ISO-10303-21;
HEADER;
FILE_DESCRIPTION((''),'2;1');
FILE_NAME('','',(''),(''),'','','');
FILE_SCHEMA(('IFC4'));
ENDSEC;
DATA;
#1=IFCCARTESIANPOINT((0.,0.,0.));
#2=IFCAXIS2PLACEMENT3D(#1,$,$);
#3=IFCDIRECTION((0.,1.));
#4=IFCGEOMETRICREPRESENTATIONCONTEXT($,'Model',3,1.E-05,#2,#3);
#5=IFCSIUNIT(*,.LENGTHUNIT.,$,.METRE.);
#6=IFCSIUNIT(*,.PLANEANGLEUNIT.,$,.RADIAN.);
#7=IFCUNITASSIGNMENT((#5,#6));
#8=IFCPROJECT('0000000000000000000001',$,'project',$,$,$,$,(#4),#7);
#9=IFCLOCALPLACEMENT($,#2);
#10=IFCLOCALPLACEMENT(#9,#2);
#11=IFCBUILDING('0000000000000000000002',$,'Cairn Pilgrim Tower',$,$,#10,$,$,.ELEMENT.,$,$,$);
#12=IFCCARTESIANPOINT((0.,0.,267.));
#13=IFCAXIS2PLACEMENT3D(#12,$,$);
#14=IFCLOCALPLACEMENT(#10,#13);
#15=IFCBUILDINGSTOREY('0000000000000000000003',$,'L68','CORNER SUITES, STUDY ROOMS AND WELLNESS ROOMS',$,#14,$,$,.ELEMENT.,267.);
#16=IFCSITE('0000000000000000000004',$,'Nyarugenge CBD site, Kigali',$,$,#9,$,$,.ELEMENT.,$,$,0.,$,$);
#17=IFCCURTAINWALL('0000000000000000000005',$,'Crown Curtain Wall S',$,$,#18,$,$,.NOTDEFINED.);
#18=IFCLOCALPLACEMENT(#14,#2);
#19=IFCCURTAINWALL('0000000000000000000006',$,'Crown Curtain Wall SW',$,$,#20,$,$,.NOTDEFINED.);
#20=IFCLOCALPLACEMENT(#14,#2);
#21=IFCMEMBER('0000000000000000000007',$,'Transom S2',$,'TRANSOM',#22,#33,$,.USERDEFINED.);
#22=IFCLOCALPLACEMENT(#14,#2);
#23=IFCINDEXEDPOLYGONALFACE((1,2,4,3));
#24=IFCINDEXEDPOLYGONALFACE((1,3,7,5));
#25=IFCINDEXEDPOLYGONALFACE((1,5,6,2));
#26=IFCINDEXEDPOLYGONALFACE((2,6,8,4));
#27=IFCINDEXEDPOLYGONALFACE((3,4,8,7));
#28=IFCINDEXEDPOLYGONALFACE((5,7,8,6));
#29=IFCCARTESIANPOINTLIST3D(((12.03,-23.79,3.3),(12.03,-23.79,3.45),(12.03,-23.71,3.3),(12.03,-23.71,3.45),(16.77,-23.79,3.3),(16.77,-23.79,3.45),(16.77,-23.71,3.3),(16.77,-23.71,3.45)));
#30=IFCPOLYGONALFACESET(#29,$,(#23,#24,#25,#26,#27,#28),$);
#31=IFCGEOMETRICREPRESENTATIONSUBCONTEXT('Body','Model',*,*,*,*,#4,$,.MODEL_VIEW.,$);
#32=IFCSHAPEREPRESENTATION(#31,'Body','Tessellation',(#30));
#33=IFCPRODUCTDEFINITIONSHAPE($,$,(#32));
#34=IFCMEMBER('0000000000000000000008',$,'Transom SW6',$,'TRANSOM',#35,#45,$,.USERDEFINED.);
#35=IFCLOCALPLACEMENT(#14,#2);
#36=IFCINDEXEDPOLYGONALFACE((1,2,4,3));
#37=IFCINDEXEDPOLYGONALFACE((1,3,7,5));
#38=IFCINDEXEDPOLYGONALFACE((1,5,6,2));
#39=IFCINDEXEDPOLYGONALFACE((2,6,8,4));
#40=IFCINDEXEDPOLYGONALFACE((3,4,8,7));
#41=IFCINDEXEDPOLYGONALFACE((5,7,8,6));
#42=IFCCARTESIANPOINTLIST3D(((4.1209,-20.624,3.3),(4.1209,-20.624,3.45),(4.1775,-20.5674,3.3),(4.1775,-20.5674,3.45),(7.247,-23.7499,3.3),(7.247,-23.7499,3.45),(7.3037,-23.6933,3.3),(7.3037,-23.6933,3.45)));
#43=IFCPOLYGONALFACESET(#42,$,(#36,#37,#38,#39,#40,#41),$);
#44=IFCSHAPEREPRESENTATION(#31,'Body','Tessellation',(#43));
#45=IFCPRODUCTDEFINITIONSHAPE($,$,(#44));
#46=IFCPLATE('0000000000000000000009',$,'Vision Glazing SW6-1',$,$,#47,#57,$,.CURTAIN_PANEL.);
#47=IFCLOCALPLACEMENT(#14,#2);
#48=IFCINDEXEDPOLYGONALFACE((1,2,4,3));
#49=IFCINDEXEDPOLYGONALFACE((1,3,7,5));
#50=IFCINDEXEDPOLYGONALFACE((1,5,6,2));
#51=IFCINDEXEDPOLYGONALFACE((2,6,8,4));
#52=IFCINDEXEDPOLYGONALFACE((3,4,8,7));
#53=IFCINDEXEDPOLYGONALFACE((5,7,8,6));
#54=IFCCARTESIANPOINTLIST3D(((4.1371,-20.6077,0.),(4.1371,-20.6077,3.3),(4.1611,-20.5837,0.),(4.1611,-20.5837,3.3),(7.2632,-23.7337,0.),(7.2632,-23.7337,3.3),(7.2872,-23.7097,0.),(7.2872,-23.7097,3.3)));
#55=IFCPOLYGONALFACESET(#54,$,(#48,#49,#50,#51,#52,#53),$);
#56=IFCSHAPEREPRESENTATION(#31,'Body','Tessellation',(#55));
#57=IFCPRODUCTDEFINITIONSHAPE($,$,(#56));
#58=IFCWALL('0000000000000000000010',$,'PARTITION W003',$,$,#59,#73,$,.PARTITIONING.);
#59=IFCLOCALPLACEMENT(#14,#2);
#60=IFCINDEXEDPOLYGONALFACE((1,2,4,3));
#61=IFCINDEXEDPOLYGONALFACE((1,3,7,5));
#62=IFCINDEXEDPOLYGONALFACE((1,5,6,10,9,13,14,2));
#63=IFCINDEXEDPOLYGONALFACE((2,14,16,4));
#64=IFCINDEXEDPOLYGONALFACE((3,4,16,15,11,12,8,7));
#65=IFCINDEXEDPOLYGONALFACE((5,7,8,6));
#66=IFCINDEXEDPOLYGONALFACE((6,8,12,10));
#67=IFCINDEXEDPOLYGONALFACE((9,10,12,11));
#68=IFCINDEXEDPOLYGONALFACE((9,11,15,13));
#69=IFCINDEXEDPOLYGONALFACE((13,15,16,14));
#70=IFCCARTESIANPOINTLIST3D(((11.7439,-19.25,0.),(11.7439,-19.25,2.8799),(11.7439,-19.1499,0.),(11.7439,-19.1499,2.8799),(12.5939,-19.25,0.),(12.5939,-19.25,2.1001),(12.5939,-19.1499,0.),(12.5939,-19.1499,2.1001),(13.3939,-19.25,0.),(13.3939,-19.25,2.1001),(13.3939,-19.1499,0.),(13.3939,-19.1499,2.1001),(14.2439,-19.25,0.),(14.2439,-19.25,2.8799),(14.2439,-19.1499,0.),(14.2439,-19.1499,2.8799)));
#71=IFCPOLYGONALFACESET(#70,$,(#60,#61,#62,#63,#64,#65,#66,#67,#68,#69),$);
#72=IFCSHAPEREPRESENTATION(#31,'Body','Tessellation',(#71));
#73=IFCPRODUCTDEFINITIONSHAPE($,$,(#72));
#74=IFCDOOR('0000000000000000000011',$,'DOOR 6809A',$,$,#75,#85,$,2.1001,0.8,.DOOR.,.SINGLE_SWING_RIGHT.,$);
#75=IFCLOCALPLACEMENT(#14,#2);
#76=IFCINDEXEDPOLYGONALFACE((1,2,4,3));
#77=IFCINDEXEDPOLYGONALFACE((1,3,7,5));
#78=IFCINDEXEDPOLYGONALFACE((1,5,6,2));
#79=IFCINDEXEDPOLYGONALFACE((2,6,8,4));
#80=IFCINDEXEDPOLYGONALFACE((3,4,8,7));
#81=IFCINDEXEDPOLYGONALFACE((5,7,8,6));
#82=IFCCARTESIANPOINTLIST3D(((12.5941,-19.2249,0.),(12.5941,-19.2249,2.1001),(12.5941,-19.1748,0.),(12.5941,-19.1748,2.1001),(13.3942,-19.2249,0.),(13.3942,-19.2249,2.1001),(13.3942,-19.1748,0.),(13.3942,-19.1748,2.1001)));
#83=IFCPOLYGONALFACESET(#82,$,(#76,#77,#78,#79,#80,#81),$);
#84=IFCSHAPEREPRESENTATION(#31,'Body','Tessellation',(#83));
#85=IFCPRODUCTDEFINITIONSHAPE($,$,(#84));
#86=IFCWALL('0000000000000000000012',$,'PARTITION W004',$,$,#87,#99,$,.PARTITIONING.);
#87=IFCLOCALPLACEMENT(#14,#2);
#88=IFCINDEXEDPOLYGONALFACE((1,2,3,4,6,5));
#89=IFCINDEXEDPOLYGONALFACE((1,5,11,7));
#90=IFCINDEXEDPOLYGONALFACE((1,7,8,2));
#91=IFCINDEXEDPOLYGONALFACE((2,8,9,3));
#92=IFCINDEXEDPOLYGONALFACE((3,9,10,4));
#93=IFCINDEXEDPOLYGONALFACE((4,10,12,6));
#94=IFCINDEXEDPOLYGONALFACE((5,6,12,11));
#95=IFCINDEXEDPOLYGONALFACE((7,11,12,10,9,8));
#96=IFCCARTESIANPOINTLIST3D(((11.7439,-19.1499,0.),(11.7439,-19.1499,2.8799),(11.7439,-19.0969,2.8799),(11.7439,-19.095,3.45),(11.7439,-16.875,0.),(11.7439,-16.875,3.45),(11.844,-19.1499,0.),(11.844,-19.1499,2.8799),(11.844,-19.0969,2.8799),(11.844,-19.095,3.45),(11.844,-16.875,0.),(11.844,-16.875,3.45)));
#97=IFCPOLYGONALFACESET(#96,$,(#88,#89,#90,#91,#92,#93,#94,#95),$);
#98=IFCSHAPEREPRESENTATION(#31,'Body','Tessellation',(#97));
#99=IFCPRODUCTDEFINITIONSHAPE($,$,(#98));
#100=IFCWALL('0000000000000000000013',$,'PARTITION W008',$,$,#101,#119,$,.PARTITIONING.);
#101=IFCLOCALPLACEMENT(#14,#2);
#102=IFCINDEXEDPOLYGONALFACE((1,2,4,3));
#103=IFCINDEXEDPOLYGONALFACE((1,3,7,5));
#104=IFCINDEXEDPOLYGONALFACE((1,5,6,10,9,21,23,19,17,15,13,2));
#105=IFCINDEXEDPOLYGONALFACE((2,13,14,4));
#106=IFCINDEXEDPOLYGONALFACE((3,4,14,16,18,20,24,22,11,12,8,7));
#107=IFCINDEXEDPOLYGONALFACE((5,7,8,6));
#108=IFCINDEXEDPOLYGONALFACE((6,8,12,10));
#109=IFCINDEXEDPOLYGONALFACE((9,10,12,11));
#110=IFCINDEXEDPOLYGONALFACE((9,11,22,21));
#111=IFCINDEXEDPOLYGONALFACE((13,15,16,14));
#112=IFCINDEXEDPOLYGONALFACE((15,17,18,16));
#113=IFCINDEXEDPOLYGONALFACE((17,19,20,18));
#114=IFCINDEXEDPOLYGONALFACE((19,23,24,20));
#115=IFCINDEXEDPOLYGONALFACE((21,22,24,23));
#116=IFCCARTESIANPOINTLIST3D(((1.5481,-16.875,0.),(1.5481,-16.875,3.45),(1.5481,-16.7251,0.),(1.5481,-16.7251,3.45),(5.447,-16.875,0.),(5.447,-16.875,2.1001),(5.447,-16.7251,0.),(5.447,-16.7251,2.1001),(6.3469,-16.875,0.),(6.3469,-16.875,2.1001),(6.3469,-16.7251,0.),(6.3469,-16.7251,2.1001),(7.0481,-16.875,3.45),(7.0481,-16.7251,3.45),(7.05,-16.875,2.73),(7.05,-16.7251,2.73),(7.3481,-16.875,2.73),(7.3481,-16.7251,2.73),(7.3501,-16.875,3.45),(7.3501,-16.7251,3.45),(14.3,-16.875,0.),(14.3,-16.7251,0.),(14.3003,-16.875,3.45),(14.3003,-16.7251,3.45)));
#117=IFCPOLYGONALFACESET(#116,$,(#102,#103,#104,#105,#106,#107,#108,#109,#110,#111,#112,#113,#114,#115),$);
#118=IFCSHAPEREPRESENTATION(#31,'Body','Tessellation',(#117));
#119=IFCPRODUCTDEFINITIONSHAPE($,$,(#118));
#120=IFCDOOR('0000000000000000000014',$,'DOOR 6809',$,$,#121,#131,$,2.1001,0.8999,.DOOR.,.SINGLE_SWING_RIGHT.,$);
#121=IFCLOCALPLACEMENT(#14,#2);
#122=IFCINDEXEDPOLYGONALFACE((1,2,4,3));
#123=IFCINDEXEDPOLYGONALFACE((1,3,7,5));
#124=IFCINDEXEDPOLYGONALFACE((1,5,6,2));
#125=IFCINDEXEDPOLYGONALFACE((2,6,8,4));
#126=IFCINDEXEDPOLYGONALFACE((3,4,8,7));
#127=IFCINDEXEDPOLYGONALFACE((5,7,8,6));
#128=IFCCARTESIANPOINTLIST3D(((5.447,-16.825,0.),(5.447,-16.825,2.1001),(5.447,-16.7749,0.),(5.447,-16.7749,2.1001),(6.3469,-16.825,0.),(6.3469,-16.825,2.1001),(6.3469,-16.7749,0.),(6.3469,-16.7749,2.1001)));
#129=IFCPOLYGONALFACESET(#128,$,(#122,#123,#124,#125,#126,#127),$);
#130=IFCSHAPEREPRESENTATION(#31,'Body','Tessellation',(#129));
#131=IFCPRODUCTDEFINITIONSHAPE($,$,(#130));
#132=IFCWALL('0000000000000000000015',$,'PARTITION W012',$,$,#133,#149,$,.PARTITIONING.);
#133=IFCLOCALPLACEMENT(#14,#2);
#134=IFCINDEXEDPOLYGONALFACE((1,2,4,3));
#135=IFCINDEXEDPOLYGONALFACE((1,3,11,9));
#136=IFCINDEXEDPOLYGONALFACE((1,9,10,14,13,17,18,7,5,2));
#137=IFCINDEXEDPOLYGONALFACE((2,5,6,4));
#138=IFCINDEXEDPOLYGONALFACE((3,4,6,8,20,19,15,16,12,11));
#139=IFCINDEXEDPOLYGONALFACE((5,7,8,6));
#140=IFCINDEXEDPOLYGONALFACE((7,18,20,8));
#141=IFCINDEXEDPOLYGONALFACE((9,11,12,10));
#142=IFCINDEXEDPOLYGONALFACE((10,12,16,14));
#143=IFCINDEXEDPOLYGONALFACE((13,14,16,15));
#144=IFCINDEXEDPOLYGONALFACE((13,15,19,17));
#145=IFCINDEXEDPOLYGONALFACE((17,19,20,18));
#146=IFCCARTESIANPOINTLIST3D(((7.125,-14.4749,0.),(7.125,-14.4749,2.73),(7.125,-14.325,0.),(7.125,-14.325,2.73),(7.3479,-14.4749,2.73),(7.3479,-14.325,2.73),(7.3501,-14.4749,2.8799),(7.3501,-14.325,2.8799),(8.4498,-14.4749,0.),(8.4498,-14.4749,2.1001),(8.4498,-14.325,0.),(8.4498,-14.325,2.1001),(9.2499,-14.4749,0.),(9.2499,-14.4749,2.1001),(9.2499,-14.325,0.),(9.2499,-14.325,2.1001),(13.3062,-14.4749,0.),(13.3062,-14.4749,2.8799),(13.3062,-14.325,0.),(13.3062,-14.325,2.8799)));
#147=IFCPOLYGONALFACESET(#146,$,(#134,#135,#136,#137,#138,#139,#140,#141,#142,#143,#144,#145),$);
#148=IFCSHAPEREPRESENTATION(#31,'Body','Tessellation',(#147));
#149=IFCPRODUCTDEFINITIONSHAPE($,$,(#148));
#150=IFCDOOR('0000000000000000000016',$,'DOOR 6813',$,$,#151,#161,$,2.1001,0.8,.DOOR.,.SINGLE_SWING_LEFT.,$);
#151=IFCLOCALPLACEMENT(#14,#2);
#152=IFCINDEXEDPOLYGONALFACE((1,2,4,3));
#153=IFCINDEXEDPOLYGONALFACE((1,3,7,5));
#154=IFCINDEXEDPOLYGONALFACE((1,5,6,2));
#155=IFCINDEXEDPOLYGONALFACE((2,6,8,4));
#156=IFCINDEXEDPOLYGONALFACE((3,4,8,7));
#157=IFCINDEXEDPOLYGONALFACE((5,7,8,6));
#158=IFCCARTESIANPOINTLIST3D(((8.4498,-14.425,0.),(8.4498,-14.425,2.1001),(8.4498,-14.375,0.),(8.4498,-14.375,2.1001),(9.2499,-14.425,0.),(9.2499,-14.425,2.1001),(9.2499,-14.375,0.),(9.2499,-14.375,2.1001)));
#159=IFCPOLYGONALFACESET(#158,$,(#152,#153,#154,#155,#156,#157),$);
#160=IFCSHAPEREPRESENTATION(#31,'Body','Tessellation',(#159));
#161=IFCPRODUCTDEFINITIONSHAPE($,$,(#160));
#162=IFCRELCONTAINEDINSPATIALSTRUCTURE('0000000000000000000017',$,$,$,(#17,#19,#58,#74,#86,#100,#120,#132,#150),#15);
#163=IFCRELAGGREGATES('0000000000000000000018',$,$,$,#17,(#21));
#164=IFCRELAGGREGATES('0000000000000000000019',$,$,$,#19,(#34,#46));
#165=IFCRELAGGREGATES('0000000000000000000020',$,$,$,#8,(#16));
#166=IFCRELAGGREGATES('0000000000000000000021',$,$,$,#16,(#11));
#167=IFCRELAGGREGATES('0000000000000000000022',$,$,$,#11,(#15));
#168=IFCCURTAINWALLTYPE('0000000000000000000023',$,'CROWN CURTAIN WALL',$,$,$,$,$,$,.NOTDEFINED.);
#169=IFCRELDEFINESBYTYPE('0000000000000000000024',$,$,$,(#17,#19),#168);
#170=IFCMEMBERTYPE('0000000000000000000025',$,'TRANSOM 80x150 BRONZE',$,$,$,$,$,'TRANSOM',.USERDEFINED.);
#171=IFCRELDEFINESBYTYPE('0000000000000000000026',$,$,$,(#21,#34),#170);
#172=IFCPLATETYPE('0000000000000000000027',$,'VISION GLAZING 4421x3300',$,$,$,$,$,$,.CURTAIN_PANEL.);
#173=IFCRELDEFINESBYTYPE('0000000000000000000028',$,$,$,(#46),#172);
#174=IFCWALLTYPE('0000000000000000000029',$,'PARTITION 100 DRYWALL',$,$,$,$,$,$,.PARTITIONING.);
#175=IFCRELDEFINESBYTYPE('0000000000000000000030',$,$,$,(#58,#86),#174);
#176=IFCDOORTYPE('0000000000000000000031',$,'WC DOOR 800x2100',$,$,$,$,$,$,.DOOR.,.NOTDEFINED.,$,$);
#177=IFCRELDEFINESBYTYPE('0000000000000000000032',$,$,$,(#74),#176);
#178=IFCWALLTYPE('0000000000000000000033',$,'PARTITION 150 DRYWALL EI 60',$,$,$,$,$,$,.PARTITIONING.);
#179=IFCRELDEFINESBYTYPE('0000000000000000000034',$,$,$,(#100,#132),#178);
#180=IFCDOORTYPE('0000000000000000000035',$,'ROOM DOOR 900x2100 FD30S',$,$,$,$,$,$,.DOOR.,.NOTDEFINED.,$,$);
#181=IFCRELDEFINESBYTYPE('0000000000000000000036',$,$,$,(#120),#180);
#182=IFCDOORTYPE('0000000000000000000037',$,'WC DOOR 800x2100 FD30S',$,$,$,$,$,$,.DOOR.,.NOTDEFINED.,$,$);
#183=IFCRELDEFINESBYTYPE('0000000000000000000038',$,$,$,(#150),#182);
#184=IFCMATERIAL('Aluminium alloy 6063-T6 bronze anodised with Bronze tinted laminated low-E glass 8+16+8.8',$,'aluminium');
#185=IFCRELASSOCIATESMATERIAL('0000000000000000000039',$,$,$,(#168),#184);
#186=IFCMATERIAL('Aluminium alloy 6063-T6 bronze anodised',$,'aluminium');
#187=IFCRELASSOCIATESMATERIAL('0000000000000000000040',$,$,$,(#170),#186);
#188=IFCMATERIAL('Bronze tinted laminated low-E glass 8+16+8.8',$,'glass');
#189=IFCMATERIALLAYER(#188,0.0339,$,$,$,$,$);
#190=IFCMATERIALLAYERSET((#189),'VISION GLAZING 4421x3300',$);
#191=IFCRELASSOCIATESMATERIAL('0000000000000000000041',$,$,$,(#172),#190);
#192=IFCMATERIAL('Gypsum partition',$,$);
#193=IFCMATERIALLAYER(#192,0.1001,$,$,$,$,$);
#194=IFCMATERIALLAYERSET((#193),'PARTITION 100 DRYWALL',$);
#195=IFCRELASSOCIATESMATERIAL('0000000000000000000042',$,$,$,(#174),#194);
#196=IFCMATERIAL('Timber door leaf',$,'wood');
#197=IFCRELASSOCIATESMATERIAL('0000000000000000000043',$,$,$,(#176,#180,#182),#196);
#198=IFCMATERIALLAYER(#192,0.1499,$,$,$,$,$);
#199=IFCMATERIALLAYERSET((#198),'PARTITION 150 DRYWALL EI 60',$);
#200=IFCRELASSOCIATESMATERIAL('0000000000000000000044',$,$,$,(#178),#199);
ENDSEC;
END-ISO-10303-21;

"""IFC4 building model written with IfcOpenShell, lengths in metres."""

from ifc_helpers import new_model, si_unit, direction, frame, frame_2d, origin, origin_2d, place, context, subcontext, project, spatial, polyline, rectangle, outline, extrude, material, layer, layer_set, material_profile, profile_set, type_object, element, fill, aggregate, save


model = new_model("IFC4")

# Units and contexts
model_context = context("Model", 3, precision=1e-05, world=origin(), true_north=direction((0.0, 1.0)))
body_context = subcontext(model_context, "Body", "Model", "MODEL_VIEW")
ifc_project = project(units=[si_unit("LENGTHUNIT", "METRE"), si_unit("PLANEANGLEUNIT", "RADIAN")], contexts=[model_context])

# Site, building, storey
site_placement = place(None, origin())
site = spatial("IfcSite", under=ifc_project, at=site_placement, Name="Nyarugenge CBD site, Kigali", CompositionType="ELEMENT", RefElevation=0.0)
building_placement = place(site_placement, origin())
building = spatial("IfcBuilding", under=site, at=building_placement, Name="Cairn Pilgrim Tower", CompositionType="ELEMENT")
storey_placement = place(building_placement, frame((0.0, 0.0, 267.0)))
storey = spatial("IfcBuildingStorey", under=building, at=storey_placement, Name="L68", Description="CORNER SUITES, STUDY ROOMS AND WELLNESS ROOMS", CompositionType="ELEMENT", Elevation=267.0)

# Curtain wall
ifc_material_1 = material(Name="Aluminium alloy 6063-T6 bronze anodised with Bronze tinted laminated low-E glass 8+16+8.8", Category="aluminium")
curtain_wall_type = type_object("IfcCurtainWallType", Name="CROWN CURTAIN WALL", PredefinedType="NOTDEFINED", material=ifc_material_1)
curtain_wall_1_placement = place(storey_placement, origin())
curtain_wall_1 = element("IfcCurtainWall", 1, at=curtain_wall_1_placement, inside=storey, type_object=curtain_wall_type, Name="Crown Curtain Wall S", PredefinedType="NOTDEFINED")
ifc_material_2 = material(Name="Aluminium alloy 6063-T6 bronze anodised", Category="aluminium")

# Curtain wall
curtain_wall_2_placement = place(storey_placement, origin())
curtain_wall_2 = element("IfcCurtainWall", 2, at=curtain_wall_2_placement, inside=storey, type_object=curtain_wall_type, Name="Crown Curtain Wall SW", PredefinedType="NOTDEFINED")

# Members
ifc_material_profile_1 = material_profile(ifc_material_2, rectangle(XDim=0.0801, YDim=0.1499, at=origin_2d()), Name="TRANSOM 80x150 BRONZE")
ifc_profile_set_1 = profile_set([ifc_material_profile_1], Name="Aluminium alloy 6063-T6 bronze anodised")
member_type_1 = type_object("IfcMemberType", Name="TRANSOM 80x150 BRONZE", ElementType="TRANSOM", PredefinedType="USERDEFINED", material=ifc_profile_set_1)
member_1_placement = place(storey_placement, frame((12.03, -23.75, 3.375), z_axis=(1.0, 0.0, 0.0), x_axis=(0.0, 1.0, 0.0)))
member_1 = element("IfcMember", 3, at=member_1_placement, type_object=member_type_1, Name="Transom S2", ObjectType="TRANSOM", PredefinedType="USERDEFINED", context=body_context, shape_type="SweptSolid", body=[
    extrude(rectangle(XDim=0.0801, YDim=0.1499, at=origin_2d()), origin(), (0.0, 0.0, 1.0), 4.74),
])
aggregate(curtain_wall_1, [member_1])
member_2_placement = place(storey_placement, frame((4.1492, -20.5957, 3.375), z_axis=(0.707134, -0.707079, 0.0), x_axis=(0.707079, 0.707134, 0.0)))
member_2 = element("IfcMember", 4, at=member_2_placement, type_object=member_type_1, Name="Transom SW6", ObjectType="TRANSOM", PredefinedType="USERDEFINED", context=body_context, shape_type="SweptSolid", body=[
    extrude(rectangle(XDim=0.0801, YDim=0.1499, at=origin_2d()), origin(), (0.0, 0.0, 1.0), 4.4209),
])

# Plate
ifc_material_3 = material(Name="Bronze tinted laminated low-E glass 8+16+8.8", Category="glass")
ifc_layer_1 = layer(ifc_material_3, 0.0339)
ifc_layer_set_1 = layer_set([ifc_layer_1], Name="VISION GLAZING 4421x3300")
plate_type = type_object("IfcPlateType", Name="VISION GLAZING 4421x3300", PredefinedType="CURTAIN_PANEL", material=ifc_layer_set_1)
plate_placement = place(storey_placement, frame((5.7122, -22.1587, 0.0), z_axis=(0.0, 0.0, 1.0), x_axis=(0.707107, -0.707107, 0.0)))
plate = element("IfcPlate", 5, at=plate_placement, type_object=plate_type, Name="Vision Glazing SW6-1", PredefinedType="CURTAIN_PANEL", context=body_context, shape_type="SweptSolid", body=[
    extrude(rectangle(XDim=4.4209, YDim=0.0339, at=origin_2d()), origin(), (0.0, 0.0, 1.0), 3.3),
])
aggregate(curtain_wall_2, [member_2, plate])

# Wall, opening, door
ifc_material_4 = material(Name="Gypsum partition")
ifc_layer_2 = layer(ifc_material_4, 0.1001)
ifc_layer_set_2 = layer_set([ifc_layer_2], Name="PARTITION 100 DRYWALL")
wall_type_1 = type_object("IfcWallType", Name="PARTITION 100 DRYWALL", PredefinedType="PARTITIONING", material=ifc_layer_set_2)
wall_1_placement = place(storey_placement, frame((11.7439, -19.2, 0.0), z_axis=(0.0, 0.0, 1.0), x_axis=(1.0, 0.0, 0.0)))
wall_1 = element("IfcWall", 6, at=wall_1_placement, inside=storey, type_object=wall_type_1, Name="PARTITION W003", PredefinedType="PARTITIONING", context=body_context, shape_type="SweptSolid", body=[
    extrude(rectangle(XDim=2.5, YDim=0.1001, at=frame_2d((1.25, 0.0))), origin(), (0.0, 0.0, 1.0), 2.8799),
])
opening_1_placement = place(wall_1_placement, frame((0.8501, 0.0, 0.0)))
opening_1 = element("IfcOpeningElement", 7, at=opening_1_placement, cuts=wall_1, PredefinedType="OPENING", context=body_context, shape_type="SweptSolid", body=[
    extrude(rectangle(XDim=0.8, YDim=2.1001, at=frame_2d((0.3999, 1.05))), frame((0.0, 0.0601, 0.0), z_axis=(0.0, -1.0, 0.0), x_axis=(1.0, 0.0, 0.0)), (0.0, 0.0, 1.0), 0.1201),
])
ifc_material_5 = material(Name="Timber door leaf", Category="wood")
door_type_1 = type_object("IfcDoorType", Name="WC DOOR 800x2100", OperationType="NOTDEFINED", PredefinedType="DOOR", material=ifc_material_5)
door_1_placement = place(opening_1_placement, frame((0.8, 0.0, 0.0), z_axis=(0.0, 0.0, 1.0), x_axis=(-1.0, 0.0, 0.0)))
door_1 = element("IfcDoor", 8, at=door_1_placement, inside=storey, type_object=door_type_1, Name="DOOR 6809A", OperationType="SINGLE_SWING_RIGHT", OverallHeight=2.1001, OverallWidth=0.8, PredefinedType="DOOR", context=body_context, shape_type="SweptSolid", body=[
    extrude(rectangle(XDim=0.8, YDim=2.1001, at=frame_2d((0.3999, 1.05))), frame((0.0, 0.0249, 0.0), z_axis=(0.0, -1.0, 0.0), x_axis=(1.0, 0.0, 0.0)), (0.0, 0.0, 1.0), 0.05),
])
fill(opening_1, door_1)

# Wall
wall_2_placement = place(storey_placement, frame((11.7939, -19.1499, 0.0), z_axis=(0.0, 0.0, 1.0), x_axis=(0.0, 1.0, 0.0)))
element("IfcWall", 9, at=wall_2_placement, inside=storey, type_object=wall_type_1, Name="PARTITION W004", PredefinedType="PARTITIONING", context=body_context, shape_type="SweptSolid", body=[
    extrude(outline(polyline([(0.0, 0.0), (2.2749, 0.0), (2.2749, 3.45), (0.0549, 3.45), (0.053, 2.8799), (0.0, 2.8799), (0.0, 0.0)])), frame((0.0, 0.05, 0.0), z_axis=(0.0, -1.0, 0.0), x_axis=(1.0, 0.0, 0.0)), (0.0, 0.0, 1.0), 0.1001),
])

# Walls, openings, doors
ifc_layer_3 = layer(ifc_material_4, 0.1499)
ifc_layer_set_3 = layer_set([ifc_layer_3], Name="PARTITION 150 DRYWALL EI 60")
wall_type_2 = type_object("IfcWallType", Name="PARTITION 150 DRYWALL EI 60", PredefinedType="PARTITIONING", material=ifc_layer_set_3)
wall_3_placement = place(storey_placement, frame((1.5481, -16.8, 0.0), z_axis=(0.0, 0.0, 1.0), x_axis=(1.0, 0.0, 0.0)))
wall_3 = element("IfcWall", 10, at=wall_3_placement, inside=storey, type_object=wall_type_2, Name="PARTITION W008", PredefinedType="PARTITIONING", context=body_context, shape_type="SweptSolid", body=[
    extrude(outline(polyline([(0.0, 0.0), (12.752, 0.0), (12.7522, 3.45), (5.802, 3.45), (5.8, 2.73), (5.502, 2.73), (5.5, 3.45), (0.0, 3.45), (0.0, 0.0)])), frame((0.0, 0.075, 0.0), z_axis=(0.0, -1.0, 0.0), x_axis=(1.0, 0.0, 0.0)), (0.0, 0.0, 1.0), 0.1499),
])
opening_2_placement = place(wall_3_placement, frame((3.8989, 0.0, 0.0)))
opening_2 = element("IfcOpeningElement", 11, at=opening_2_placement, cuts=wall_3, PredefinedType="OPENING", context=body_context, shape_type="SweptSolid", body=[
    extrude(rectangle(XDim=0.8999, YDim=2.1001, at=frame_2d((0.45, 1.05))), frame((0.0, 0.085, 0.0), z_axis=(0.0, -1.0, 0.0), x_axis=(1.0, 0.0, 0.0)), (0.0, 0.0, 1.0), 0.1699),
])
door_type_2 = type_object("IfcDoorType", Name="ROOM DOOR 900x2100 FD30S", OperationType="NOTDEFINED", PredefinedType="DOOR", material=ifc_material_5)
door_2_placement = place(opening_2_placement, frame((0.8999, 0.0, 0.0), z_axis=(0.0, 0.0, 1.0), x_axis=(-1.0, 0.0, 0.0)))
door_2 = element("IfcDoor", 12, at=door_2_placement, inside=storey, type_object=door_type_2, Name="DOOR 6809", OperationType="SINGLE_SWING_RIGHT", OverallHeight=2.1001, OverallWidth=0.8999, PredefinedType="DOOR", context=body_context, shape_type="SweptSolid", body=[
    extrude(rectangle(XDim=0.8999, YDim=2.1001, at=frame_2d((0.45, 1.05))), frame((0.0, 0.0249, 0.0), z_axis=(0.0, -1.0, 0.0), x_axis=(1.0, 0.0, 0.0)), (0.0, 0.0, 1.0), 0.05),
])
fill(opening_2, door_2)
wall_4_placement = place(storey_placement, frame((7.125, -14.3999, 0.0), z_axis=(0.0, 0.0, 1.0), x_axis=(1.0, 0.0, 0.0)))
wall_4 = element("IfcWall", 13, at=wall_4_placement, inside=storey, type_object=wall_type_2, Name="PARTITION W012", PredefinedType="PARTITIONING", context=body_context, shape_type="SweptSolid", body=[
    extrude(outline(polyline([(0.0, 0.0), (6.1812, 0.0), (6.1812, 2.8799), (0.2251, 2.8799), (0.2229, 2.73), (0.0, 2.73), (0.0, 0.0)])), frame((0.0, 0.075, 0.0), z_axis=(0.0, -1.0, 0.0), x_axis=(1.0, 0.0, 0.0)), (0.0, 0.0, 1.0), 0.1499),
])
opening_3_placement = place(wall_4_placement, frame((1.325, 0.0, 0.0)))
opening_3 = element("IfcOpeningElement", 14, at=opening_3_placement, cuts=wall_4, PredefinedType="OPENING", context=body_context, shape_type="SweptSolid", body=[
    extrude(rectangle(XDim=0.8, YDim=2.1001, at=frame_2d((0.3999, 1.05))), frame((0.0, 0.085, 0.0), z_axis=(0.0, -1.0, 0.0), x_axis=(1.0, 0.0, 0.0)), (0.0, 0.0, 1.0), 0.1699),
])
door_type_3 = type_object("IfcDoorType", Name="WC DOOR 800x2100 FD30S", OperationType="NOTDEFINED", PredefinedType="DOOR", material=ifc_material_5)
door_3_placement = place(opening_3_placement, origin())
door_3 = element("IfcDoor", 15, at=door_3_placement, inside=storey, type_object=door_type_3, Name="DOOR 6813", OperationType="SINGLE_SWING_LEFT", OverallHeight=2.1001, OverallWidth=0.8, PredefinedType="DOOR", context=body_context, shape_type="SweptSolid", body=[
    extrude(rectangle(XDim=0.8, YDim=2.1001, at=frame_2d((0.3999, 1.05))), frame((0.0, 0.0249, 0.0), z_axis=(0.0, -1.0, 0.0), x_axis=(1.0, 0.0, 0.0)), (0.0, 0.0, 1.0), 0.05),
])
fill(opening_3, door_3)

save(model, "model.ifc")
